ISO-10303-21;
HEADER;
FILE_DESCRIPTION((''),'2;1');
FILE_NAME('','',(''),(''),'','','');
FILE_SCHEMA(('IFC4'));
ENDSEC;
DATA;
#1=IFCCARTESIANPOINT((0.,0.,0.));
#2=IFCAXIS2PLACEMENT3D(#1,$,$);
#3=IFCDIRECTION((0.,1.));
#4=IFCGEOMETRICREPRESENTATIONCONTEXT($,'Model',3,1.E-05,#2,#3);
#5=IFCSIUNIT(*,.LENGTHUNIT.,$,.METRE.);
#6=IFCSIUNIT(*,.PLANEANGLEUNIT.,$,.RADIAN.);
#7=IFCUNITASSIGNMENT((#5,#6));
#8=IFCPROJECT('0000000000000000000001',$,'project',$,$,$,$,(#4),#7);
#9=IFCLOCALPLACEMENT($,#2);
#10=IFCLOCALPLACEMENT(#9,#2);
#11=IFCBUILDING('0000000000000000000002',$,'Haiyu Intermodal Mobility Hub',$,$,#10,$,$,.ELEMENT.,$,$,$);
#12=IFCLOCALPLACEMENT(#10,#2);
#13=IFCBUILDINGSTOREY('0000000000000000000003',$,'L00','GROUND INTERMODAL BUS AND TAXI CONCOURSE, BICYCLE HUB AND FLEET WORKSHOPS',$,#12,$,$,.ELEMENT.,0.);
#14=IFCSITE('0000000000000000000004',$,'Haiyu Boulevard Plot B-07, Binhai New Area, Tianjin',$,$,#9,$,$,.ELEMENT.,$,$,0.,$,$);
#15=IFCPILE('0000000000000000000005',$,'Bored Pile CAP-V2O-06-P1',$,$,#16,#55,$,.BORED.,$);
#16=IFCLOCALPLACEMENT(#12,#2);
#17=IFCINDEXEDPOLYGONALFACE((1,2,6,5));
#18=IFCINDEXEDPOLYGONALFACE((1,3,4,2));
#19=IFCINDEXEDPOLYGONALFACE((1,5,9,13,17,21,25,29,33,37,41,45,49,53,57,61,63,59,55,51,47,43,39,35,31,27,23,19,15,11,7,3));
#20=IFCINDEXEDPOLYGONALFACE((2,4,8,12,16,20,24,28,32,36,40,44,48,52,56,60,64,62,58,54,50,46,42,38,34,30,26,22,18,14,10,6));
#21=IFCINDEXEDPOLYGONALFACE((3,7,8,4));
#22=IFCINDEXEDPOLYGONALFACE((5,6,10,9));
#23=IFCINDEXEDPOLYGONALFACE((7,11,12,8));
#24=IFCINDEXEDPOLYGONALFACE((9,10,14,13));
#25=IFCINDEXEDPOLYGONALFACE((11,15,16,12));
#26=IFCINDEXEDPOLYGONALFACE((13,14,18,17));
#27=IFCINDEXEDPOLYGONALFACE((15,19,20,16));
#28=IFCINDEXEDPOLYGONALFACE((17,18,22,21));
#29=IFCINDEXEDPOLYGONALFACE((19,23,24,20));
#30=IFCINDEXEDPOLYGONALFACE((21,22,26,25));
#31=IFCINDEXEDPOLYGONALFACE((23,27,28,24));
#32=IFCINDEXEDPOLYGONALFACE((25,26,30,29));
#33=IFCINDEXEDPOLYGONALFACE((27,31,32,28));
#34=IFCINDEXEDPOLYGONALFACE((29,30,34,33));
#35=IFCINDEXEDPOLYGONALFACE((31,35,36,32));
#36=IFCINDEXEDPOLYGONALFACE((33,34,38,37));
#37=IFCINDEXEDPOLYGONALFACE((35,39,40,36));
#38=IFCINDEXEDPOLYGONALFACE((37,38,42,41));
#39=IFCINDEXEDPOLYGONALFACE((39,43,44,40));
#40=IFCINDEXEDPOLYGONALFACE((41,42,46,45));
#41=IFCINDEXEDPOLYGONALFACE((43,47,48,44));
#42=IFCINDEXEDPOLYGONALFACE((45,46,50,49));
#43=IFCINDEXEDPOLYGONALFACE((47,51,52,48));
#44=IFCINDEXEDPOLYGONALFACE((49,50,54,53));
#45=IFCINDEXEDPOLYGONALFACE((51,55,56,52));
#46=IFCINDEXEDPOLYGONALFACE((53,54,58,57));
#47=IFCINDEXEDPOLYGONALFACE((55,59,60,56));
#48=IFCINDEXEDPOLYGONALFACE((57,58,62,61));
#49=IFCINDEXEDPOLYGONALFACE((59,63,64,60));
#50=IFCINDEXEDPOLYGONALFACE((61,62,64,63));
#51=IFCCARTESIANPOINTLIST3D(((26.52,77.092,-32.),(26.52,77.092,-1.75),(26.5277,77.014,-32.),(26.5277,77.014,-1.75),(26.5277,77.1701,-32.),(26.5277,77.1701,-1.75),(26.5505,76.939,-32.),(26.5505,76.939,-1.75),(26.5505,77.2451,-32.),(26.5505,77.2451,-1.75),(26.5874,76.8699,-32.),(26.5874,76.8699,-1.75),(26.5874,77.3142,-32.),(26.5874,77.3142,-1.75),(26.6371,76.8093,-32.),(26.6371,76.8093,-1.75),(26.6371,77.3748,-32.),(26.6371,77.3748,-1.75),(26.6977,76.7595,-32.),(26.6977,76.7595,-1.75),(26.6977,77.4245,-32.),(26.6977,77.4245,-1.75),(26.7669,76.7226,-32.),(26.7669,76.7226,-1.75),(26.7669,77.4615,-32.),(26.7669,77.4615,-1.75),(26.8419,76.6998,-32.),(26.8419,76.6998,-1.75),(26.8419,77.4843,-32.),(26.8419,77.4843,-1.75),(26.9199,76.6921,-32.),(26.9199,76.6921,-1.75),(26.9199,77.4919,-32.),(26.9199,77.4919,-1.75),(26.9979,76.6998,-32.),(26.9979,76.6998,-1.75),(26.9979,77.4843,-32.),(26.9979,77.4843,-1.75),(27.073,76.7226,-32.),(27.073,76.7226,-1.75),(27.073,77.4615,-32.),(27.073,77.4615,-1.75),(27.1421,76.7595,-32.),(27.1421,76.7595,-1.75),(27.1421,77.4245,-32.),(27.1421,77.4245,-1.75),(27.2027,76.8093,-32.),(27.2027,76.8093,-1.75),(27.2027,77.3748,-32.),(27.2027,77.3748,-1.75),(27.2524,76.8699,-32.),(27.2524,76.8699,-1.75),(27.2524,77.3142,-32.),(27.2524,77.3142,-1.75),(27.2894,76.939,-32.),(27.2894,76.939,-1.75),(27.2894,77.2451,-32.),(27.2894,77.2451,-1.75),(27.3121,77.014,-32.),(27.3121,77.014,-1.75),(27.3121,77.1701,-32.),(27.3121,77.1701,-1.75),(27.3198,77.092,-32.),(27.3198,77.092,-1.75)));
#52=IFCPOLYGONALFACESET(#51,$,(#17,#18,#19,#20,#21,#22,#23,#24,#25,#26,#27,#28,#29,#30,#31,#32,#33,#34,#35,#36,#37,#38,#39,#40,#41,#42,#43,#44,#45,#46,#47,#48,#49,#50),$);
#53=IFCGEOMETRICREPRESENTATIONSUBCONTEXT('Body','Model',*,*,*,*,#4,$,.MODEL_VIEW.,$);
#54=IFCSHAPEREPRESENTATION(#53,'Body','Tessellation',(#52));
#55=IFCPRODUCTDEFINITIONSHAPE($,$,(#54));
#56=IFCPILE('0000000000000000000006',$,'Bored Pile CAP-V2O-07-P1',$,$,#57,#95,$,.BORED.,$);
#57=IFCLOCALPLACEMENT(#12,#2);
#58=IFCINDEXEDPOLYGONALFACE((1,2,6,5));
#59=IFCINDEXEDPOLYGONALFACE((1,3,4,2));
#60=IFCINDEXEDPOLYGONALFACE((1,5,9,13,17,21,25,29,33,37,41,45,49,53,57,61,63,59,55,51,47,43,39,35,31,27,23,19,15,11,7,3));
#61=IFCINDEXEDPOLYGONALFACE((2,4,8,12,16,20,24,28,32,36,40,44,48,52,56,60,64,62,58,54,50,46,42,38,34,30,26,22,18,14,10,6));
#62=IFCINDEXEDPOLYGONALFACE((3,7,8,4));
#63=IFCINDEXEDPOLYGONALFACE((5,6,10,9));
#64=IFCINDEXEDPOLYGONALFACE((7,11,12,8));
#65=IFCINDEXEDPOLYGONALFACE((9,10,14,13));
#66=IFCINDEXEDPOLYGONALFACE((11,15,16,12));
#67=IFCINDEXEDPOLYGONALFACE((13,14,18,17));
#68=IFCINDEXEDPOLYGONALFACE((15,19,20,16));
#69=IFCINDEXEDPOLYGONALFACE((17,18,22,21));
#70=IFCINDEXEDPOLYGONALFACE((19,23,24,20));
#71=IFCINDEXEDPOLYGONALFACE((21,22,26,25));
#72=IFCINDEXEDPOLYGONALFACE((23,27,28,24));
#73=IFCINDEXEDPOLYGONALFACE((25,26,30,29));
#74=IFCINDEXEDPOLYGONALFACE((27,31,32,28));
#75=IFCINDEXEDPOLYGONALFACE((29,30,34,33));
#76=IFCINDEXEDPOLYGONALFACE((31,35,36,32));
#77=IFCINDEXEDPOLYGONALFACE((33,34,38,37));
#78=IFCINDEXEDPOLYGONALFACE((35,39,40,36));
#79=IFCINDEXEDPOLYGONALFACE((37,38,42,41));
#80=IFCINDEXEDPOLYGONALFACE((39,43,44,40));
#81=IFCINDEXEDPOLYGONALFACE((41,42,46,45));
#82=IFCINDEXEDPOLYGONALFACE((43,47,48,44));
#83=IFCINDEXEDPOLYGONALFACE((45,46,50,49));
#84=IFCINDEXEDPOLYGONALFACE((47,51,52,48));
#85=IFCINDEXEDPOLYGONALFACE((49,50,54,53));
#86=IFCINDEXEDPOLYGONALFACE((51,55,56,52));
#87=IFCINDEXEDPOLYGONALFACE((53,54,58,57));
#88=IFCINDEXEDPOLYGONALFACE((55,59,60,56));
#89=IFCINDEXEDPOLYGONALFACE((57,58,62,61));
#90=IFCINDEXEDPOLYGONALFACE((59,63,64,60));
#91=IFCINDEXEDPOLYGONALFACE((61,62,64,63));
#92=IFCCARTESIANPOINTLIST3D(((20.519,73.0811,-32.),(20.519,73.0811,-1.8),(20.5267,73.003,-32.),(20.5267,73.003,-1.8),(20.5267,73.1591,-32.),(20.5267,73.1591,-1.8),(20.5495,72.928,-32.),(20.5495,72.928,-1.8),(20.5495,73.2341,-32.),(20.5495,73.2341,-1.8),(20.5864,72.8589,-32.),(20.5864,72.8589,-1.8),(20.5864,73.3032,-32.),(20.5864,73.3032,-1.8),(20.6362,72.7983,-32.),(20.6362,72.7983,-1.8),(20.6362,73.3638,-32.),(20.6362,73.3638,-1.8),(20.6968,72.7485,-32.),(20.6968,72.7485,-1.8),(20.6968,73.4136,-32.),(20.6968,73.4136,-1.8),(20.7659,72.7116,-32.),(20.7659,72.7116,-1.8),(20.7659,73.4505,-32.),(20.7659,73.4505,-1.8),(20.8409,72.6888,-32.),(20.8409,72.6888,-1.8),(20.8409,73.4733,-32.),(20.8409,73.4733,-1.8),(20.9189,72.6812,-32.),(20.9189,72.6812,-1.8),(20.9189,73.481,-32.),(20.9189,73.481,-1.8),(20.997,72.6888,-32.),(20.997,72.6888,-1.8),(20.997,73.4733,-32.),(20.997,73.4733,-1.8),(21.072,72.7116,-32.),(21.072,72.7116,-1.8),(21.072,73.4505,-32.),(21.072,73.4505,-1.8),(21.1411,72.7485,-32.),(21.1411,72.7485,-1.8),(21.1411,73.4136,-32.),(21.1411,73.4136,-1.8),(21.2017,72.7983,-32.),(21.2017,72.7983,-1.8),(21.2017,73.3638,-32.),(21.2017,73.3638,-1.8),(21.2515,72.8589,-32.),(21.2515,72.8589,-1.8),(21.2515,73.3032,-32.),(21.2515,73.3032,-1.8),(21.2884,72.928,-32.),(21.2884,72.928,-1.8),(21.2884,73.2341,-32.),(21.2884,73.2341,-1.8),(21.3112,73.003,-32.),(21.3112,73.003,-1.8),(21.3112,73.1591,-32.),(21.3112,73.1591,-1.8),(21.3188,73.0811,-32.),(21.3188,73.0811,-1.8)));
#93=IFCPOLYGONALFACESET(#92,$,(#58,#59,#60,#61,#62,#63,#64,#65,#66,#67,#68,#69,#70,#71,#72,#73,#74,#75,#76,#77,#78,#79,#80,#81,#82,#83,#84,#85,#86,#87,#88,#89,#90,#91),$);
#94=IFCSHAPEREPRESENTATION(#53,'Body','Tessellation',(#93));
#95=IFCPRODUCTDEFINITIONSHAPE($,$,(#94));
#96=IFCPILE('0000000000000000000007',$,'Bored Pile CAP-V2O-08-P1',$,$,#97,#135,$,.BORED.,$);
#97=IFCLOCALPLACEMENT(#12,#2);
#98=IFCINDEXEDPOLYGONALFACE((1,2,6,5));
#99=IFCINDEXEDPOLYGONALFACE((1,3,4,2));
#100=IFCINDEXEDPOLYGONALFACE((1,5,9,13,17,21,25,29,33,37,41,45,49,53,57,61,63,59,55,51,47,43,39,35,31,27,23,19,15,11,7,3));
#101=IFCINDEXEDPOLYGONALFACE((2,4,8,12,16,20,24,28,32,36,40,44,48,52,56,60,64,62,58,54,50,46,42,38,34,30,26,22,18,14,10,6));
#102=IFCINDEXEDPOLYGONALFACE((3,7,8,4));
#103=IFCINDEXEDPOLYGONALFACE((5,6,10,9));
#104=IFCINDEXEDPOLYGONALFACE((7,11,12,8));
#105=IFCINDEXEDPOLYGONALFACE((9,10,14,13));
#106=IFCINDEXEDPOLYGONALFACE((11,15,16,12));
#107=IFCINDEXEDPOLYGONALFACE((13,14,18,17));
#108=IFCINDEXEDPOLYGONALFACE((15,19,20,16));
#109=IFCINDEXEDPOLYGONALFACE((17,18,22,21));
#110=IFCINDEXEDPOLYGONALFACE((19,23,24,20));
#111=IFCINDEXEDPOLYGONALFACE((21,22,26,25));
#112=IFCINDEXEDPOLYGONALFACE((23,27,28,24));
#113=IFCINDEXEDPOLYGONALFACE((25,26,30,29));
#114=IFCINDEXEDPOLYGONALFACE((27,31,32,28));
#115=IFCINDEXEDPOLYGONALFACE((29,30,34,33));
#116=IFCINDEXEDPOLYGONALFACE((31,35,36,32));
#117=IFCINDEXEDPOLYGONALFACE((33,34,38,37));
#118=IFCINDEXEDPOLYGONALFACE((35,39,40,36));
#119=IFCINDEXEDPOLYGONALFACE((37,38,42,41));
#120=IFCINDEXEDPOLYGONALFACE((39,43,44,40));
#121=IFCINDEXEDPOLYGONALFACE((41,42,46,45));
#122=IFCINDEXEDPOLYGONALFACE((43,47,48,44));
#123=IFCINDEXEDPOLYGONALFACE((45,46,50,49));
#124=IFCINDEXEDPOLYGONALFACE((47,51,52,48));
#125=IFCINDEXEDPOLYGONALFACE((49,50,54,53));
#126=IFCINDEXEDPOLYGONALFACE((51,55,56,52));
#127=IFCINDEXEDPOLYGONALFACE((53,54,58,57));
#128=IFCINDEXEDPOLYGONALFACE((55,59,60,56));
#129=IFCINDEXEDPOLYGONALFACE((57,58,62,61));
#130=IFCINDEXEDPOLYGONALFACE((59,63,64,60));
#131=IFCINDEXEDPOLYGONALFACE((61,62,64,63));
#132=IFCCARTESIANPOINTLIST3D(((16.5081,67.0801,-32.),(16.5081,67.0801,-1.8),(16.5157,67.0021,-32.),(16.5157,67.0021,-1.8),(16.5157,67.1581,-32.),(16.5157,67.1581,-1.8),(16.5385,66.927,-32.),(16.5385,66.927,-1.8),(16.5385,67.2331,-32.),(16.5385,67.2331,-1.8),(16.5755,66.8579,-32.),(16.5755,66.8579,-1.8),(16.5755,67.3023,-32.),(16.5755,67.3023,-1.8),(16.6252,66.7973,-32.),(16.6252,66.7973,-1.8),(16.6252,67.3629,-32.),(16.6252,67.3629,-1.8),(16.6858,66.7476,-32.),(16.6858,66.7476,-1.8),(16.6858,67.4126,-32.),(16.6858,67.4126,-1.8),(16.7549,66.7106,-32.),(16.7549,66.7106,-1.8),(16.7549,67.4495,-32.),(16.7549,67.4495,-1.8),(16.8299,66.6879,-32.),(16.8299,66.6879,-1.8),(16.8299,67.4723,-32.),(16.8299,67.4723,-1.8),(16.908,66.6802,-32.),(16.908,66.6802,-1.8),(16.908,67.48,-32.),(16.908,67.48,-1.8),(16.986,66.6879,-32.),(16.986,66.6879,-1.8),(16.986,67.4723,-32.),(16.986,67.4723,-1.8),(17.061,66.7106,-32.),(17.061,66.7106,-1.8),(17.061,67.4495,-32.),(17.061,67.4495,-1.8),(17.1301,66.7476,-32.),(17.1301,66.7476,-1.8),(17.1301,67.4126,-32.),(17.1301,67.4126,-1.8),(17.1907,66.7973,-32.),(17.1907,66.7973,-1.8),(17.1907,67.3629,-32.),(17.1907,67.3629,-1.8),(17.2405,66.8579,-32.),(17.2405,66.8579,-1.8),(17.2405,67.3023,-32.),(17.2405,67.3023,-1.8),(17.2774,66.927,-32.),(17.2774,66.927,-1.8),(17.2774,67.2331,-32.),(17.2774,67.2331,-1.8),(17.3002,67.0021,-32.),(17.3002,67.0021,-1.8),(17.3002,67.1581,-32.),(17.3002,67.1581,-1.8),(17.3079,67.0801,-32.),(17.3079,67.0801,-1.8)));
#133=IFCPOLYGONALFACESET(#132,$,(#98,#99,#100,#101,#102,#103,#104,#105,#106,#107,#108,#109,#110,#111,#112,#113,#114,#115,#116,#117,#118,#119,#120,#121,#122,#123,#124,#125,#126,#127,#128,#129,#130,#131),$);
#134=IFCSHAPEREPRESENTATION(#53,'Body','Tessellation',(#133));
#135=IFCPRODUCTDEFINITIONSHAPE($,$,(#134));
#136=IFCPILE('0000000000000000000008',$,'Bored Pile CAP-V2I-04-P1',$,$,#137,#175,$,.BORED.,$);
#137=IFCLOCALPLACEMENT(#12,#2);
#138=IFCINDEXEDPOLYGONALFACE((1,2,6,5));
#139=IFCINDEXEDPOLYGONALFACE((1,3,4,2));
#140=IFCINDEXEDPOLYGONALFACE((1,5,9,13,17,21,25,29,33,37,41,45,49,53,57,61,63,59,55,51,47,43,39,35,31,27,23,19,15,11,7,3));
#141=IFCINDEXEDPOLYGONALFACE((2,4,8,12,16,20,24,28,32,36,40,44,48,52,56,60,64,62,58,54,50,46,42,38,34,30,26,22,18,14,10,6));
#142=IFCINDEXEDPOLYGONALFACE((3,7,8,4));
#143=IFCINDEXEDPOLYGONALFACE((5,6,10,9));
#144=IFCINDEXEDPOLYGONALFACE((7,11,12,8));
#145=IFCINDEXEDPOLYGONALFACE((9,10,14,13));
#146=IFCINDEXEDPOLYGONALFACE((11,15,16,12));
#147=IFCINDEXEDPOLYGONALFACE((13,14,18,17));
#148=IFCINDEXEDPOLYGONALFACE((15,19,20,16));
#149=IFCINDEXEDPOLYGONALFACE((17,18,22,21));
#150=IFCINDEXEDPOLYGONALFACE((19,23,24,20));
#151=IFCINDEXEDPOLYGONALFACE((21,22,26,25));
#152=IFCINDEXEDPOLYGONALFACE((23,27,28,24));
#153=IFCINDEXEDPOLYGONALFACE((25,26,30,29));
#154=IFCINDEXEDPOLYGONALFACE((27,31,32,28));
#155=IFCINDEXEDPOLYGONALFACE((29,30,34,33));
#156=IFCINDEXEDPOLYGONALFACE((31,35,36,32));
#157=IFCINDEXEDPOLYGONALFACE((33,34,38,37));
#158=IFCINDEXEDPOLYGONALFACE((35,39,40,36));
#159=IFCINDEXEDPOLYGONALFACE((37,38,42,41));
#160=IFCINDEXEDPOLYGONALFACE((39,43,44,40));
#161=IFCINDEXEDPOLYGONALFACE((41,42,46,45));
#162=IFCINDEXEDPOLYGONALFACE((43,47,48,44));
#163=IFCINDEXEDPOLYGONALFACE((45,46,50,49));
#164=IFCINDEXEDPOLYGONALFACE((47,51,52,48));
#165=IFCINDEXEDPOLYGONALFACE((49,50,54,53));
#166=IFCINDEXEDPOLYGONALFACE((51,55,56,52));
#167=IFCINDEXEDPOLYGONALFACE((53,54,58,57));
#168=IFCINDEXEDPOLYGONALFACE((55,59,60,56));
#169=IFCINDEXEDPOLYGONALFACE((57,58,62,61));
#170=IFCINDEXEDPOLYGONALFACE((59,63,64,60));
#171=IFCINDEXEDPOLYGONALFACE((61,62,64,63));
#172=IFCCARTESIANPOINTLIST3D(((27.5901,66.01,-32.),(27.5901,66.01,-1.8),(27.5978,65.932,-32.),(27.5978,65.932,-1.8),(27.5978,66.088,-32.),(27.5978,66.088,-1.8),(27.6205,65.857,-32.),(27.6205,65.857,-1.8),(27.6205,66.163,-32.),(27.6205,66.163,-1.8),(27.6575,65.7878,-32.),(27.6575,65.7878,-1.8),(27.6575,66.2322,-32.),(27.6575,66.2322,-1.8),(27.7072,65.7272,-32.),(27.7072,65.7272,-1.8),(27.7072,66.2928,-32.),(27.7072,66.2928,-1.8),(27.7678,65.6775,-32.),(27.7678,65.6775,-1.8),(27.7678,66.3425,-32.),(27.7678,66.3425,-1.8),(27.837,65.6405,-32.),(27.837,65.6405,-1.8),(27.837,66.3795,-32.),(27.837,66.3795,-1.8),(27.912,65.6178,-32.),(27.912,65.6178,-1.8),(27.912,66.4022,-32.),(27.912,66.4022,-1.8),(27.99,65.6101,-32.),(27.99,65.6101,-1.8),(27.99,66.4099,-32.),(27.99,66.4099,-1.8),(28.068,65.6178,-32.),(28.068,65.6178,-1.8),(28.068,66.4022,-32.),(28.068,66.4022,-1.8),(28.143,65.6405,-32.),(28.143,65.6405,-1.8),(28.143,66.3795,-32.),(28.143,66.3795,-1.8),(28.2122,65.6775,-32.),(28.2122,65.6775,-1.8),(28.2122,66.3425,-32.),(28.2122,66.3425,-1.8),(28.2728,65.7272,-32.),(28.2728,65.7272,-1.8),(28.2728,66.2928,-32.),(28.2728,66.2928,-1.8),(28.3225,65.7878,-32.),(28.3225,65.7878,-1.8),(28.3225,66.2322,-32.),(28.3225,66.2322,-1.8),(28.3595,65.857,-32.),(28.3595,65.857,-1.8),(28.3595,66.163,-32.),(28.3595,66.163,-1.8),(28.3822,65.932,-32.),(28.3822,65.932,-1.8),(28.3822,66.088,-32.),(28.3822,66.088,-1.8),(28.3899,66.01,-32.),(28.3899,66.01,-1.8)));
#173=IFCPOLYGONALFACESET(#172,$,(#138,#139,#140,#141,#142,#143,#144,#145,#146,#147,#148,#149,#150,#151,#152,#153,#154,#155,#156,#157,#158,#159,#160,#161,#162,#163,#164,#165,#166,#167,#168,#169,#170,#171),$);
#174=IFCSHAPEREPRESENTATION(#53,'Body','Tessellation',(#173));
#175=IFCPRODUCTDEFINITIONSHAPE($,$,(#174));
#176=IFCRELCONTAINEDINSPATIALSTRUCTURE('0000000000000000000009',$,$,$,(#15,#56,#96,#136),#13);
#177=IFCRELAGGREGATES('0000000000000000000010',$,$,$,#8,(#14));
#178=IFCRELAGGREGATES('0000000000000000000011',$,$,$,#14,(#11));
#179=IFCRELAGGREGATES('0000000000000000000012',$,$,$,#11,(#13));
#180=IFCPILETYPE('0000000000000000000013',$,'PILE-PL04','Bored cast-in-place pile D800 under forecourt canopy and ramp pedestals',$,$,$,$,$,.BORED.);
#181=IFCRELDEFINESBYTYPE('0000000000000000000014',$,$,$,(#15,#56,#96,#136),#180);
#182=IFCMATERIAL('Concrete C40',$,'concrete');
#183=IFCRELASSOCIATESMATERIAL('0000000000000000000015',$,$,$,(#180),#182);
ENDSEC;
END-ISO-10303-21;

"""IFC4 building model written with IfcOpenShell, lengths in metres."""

from ifc_helpers import new_model, si_unit, direction, frame, origin, origin_2d, place, context, subcontext, project, spatial, circle, extrude, material, material_profile, profile_set, type_object, element, save


model = new_model("IFC4")

# Units and contexts
model_context = context("Model", 3, precision=1e-05, world=origin(), true_north=direction((0.0, 1.0)))
body_context = subcontext(model_context, "Body", "Model", "MODEL_VIEW")
ifc_project = project(units=[si_unit("LENGTHUNIT", "METRE"), si_unit("PLANEANGLEUNIT", "RADIAN")], contexts=[model_context])

# Site, building, storey
site_placement = place(None, origin())
site = spatial("IfcSite", under=ifc_project, at=site_placement, Name="Haiyu Boulevard Plot B-07, Binhai New Area, Tianjin", CompositionType="ELEMENT", RefElevation=0.0)
building_placement = place(site_placement, origin())
building = spatial("IfcBuilding", under=site, at=building_placement, Name="Haiyu Intermodal Mobility Hub", CompositionType="ELEMENT")
storey_placement = place(building_placement, origin())
storey = spatial("IfcBuildingStorey", under=building, at=storey_placement, Name="L00", Description="GROUND INTERMODAL BUS AND TAXI CONCOURSE, BICYCLE HUB AND FLEET WORKSHOPS", CompositionType="ELEMENT", Elevation=0.0)

# Shared definitions
ifc_material_1 = material(Name="Concrete C40", Category="concrete")

# Piles
ifc_material_profile_1 = material_profile(ifc_material_1, circle(Radius=0.3999, at=origin_2d()), Name="PILE-D800")
ifc_profile_set_1 = profile_set([ifc_material_profile_1], Name="Concrete C40")
pile_type_1 = type_object("IfcPileType", Name="PILE-PL04", Description="Bored cast-in-place pile D800 under forecourt canopy and ramp pedestals", PredefinedType="BORED", material=ifc_profile_set_1)
pile_placement = place(storey_placement, frame((26.9199, 77.092, -1.75), z_axis=(0.0, 0.0, -1.0), x_axis=(1.0, 0.0, 0.0)))
element("IfcPile", 1, at=pile_placement, inside=storey, type_object=pile_type_1, Name="Bored Pile CAP-V2O-06-P1", PredefinedType="BORED", context=body_context, shape_type="SweptSolid", body=[
    extrude(circle(Radius=0.3999, at=origin_2d()), origin(), (0.0, 0.0, 1.0), 30.25),
])
for number, where, z_axis, x_axis, name in (
    (2, (20.9189, 73.0811, -1.8), (0.0, 0.0, -1.0), (1.0, 0.0, 0.0), "Bored Pile CAP-V2O-07-P1"),
    (3, (16.908, 67.0801, -1.8), (0.0, 0.0, -1.0), (1.0, 0.0, 0.0), "Bored Pile CAP-V2O-08-P1"),
    (4, (27.99, 66.01, -1.8), (0.0, 0.0, -1.0), (1.0, 0.0, 0.0), "Bored Pile CAP-V2I-04-P1"),
):
    element("IfcPile", number, at=place(storey_placement, frame(where, z_axis=z_axis, x_axis=x_axis)), inside=storey, type_object=pile_type_1, Name=name, PredefinedType="BORED", context=body_context, shape_type="SweptSolid", body=[
        extrude(circle(Radius=0.3999, at=origin_2d()), origin(), (0.0, 0.0, 1.0), 30.2),
    ])

save(model, "model.ifc")
